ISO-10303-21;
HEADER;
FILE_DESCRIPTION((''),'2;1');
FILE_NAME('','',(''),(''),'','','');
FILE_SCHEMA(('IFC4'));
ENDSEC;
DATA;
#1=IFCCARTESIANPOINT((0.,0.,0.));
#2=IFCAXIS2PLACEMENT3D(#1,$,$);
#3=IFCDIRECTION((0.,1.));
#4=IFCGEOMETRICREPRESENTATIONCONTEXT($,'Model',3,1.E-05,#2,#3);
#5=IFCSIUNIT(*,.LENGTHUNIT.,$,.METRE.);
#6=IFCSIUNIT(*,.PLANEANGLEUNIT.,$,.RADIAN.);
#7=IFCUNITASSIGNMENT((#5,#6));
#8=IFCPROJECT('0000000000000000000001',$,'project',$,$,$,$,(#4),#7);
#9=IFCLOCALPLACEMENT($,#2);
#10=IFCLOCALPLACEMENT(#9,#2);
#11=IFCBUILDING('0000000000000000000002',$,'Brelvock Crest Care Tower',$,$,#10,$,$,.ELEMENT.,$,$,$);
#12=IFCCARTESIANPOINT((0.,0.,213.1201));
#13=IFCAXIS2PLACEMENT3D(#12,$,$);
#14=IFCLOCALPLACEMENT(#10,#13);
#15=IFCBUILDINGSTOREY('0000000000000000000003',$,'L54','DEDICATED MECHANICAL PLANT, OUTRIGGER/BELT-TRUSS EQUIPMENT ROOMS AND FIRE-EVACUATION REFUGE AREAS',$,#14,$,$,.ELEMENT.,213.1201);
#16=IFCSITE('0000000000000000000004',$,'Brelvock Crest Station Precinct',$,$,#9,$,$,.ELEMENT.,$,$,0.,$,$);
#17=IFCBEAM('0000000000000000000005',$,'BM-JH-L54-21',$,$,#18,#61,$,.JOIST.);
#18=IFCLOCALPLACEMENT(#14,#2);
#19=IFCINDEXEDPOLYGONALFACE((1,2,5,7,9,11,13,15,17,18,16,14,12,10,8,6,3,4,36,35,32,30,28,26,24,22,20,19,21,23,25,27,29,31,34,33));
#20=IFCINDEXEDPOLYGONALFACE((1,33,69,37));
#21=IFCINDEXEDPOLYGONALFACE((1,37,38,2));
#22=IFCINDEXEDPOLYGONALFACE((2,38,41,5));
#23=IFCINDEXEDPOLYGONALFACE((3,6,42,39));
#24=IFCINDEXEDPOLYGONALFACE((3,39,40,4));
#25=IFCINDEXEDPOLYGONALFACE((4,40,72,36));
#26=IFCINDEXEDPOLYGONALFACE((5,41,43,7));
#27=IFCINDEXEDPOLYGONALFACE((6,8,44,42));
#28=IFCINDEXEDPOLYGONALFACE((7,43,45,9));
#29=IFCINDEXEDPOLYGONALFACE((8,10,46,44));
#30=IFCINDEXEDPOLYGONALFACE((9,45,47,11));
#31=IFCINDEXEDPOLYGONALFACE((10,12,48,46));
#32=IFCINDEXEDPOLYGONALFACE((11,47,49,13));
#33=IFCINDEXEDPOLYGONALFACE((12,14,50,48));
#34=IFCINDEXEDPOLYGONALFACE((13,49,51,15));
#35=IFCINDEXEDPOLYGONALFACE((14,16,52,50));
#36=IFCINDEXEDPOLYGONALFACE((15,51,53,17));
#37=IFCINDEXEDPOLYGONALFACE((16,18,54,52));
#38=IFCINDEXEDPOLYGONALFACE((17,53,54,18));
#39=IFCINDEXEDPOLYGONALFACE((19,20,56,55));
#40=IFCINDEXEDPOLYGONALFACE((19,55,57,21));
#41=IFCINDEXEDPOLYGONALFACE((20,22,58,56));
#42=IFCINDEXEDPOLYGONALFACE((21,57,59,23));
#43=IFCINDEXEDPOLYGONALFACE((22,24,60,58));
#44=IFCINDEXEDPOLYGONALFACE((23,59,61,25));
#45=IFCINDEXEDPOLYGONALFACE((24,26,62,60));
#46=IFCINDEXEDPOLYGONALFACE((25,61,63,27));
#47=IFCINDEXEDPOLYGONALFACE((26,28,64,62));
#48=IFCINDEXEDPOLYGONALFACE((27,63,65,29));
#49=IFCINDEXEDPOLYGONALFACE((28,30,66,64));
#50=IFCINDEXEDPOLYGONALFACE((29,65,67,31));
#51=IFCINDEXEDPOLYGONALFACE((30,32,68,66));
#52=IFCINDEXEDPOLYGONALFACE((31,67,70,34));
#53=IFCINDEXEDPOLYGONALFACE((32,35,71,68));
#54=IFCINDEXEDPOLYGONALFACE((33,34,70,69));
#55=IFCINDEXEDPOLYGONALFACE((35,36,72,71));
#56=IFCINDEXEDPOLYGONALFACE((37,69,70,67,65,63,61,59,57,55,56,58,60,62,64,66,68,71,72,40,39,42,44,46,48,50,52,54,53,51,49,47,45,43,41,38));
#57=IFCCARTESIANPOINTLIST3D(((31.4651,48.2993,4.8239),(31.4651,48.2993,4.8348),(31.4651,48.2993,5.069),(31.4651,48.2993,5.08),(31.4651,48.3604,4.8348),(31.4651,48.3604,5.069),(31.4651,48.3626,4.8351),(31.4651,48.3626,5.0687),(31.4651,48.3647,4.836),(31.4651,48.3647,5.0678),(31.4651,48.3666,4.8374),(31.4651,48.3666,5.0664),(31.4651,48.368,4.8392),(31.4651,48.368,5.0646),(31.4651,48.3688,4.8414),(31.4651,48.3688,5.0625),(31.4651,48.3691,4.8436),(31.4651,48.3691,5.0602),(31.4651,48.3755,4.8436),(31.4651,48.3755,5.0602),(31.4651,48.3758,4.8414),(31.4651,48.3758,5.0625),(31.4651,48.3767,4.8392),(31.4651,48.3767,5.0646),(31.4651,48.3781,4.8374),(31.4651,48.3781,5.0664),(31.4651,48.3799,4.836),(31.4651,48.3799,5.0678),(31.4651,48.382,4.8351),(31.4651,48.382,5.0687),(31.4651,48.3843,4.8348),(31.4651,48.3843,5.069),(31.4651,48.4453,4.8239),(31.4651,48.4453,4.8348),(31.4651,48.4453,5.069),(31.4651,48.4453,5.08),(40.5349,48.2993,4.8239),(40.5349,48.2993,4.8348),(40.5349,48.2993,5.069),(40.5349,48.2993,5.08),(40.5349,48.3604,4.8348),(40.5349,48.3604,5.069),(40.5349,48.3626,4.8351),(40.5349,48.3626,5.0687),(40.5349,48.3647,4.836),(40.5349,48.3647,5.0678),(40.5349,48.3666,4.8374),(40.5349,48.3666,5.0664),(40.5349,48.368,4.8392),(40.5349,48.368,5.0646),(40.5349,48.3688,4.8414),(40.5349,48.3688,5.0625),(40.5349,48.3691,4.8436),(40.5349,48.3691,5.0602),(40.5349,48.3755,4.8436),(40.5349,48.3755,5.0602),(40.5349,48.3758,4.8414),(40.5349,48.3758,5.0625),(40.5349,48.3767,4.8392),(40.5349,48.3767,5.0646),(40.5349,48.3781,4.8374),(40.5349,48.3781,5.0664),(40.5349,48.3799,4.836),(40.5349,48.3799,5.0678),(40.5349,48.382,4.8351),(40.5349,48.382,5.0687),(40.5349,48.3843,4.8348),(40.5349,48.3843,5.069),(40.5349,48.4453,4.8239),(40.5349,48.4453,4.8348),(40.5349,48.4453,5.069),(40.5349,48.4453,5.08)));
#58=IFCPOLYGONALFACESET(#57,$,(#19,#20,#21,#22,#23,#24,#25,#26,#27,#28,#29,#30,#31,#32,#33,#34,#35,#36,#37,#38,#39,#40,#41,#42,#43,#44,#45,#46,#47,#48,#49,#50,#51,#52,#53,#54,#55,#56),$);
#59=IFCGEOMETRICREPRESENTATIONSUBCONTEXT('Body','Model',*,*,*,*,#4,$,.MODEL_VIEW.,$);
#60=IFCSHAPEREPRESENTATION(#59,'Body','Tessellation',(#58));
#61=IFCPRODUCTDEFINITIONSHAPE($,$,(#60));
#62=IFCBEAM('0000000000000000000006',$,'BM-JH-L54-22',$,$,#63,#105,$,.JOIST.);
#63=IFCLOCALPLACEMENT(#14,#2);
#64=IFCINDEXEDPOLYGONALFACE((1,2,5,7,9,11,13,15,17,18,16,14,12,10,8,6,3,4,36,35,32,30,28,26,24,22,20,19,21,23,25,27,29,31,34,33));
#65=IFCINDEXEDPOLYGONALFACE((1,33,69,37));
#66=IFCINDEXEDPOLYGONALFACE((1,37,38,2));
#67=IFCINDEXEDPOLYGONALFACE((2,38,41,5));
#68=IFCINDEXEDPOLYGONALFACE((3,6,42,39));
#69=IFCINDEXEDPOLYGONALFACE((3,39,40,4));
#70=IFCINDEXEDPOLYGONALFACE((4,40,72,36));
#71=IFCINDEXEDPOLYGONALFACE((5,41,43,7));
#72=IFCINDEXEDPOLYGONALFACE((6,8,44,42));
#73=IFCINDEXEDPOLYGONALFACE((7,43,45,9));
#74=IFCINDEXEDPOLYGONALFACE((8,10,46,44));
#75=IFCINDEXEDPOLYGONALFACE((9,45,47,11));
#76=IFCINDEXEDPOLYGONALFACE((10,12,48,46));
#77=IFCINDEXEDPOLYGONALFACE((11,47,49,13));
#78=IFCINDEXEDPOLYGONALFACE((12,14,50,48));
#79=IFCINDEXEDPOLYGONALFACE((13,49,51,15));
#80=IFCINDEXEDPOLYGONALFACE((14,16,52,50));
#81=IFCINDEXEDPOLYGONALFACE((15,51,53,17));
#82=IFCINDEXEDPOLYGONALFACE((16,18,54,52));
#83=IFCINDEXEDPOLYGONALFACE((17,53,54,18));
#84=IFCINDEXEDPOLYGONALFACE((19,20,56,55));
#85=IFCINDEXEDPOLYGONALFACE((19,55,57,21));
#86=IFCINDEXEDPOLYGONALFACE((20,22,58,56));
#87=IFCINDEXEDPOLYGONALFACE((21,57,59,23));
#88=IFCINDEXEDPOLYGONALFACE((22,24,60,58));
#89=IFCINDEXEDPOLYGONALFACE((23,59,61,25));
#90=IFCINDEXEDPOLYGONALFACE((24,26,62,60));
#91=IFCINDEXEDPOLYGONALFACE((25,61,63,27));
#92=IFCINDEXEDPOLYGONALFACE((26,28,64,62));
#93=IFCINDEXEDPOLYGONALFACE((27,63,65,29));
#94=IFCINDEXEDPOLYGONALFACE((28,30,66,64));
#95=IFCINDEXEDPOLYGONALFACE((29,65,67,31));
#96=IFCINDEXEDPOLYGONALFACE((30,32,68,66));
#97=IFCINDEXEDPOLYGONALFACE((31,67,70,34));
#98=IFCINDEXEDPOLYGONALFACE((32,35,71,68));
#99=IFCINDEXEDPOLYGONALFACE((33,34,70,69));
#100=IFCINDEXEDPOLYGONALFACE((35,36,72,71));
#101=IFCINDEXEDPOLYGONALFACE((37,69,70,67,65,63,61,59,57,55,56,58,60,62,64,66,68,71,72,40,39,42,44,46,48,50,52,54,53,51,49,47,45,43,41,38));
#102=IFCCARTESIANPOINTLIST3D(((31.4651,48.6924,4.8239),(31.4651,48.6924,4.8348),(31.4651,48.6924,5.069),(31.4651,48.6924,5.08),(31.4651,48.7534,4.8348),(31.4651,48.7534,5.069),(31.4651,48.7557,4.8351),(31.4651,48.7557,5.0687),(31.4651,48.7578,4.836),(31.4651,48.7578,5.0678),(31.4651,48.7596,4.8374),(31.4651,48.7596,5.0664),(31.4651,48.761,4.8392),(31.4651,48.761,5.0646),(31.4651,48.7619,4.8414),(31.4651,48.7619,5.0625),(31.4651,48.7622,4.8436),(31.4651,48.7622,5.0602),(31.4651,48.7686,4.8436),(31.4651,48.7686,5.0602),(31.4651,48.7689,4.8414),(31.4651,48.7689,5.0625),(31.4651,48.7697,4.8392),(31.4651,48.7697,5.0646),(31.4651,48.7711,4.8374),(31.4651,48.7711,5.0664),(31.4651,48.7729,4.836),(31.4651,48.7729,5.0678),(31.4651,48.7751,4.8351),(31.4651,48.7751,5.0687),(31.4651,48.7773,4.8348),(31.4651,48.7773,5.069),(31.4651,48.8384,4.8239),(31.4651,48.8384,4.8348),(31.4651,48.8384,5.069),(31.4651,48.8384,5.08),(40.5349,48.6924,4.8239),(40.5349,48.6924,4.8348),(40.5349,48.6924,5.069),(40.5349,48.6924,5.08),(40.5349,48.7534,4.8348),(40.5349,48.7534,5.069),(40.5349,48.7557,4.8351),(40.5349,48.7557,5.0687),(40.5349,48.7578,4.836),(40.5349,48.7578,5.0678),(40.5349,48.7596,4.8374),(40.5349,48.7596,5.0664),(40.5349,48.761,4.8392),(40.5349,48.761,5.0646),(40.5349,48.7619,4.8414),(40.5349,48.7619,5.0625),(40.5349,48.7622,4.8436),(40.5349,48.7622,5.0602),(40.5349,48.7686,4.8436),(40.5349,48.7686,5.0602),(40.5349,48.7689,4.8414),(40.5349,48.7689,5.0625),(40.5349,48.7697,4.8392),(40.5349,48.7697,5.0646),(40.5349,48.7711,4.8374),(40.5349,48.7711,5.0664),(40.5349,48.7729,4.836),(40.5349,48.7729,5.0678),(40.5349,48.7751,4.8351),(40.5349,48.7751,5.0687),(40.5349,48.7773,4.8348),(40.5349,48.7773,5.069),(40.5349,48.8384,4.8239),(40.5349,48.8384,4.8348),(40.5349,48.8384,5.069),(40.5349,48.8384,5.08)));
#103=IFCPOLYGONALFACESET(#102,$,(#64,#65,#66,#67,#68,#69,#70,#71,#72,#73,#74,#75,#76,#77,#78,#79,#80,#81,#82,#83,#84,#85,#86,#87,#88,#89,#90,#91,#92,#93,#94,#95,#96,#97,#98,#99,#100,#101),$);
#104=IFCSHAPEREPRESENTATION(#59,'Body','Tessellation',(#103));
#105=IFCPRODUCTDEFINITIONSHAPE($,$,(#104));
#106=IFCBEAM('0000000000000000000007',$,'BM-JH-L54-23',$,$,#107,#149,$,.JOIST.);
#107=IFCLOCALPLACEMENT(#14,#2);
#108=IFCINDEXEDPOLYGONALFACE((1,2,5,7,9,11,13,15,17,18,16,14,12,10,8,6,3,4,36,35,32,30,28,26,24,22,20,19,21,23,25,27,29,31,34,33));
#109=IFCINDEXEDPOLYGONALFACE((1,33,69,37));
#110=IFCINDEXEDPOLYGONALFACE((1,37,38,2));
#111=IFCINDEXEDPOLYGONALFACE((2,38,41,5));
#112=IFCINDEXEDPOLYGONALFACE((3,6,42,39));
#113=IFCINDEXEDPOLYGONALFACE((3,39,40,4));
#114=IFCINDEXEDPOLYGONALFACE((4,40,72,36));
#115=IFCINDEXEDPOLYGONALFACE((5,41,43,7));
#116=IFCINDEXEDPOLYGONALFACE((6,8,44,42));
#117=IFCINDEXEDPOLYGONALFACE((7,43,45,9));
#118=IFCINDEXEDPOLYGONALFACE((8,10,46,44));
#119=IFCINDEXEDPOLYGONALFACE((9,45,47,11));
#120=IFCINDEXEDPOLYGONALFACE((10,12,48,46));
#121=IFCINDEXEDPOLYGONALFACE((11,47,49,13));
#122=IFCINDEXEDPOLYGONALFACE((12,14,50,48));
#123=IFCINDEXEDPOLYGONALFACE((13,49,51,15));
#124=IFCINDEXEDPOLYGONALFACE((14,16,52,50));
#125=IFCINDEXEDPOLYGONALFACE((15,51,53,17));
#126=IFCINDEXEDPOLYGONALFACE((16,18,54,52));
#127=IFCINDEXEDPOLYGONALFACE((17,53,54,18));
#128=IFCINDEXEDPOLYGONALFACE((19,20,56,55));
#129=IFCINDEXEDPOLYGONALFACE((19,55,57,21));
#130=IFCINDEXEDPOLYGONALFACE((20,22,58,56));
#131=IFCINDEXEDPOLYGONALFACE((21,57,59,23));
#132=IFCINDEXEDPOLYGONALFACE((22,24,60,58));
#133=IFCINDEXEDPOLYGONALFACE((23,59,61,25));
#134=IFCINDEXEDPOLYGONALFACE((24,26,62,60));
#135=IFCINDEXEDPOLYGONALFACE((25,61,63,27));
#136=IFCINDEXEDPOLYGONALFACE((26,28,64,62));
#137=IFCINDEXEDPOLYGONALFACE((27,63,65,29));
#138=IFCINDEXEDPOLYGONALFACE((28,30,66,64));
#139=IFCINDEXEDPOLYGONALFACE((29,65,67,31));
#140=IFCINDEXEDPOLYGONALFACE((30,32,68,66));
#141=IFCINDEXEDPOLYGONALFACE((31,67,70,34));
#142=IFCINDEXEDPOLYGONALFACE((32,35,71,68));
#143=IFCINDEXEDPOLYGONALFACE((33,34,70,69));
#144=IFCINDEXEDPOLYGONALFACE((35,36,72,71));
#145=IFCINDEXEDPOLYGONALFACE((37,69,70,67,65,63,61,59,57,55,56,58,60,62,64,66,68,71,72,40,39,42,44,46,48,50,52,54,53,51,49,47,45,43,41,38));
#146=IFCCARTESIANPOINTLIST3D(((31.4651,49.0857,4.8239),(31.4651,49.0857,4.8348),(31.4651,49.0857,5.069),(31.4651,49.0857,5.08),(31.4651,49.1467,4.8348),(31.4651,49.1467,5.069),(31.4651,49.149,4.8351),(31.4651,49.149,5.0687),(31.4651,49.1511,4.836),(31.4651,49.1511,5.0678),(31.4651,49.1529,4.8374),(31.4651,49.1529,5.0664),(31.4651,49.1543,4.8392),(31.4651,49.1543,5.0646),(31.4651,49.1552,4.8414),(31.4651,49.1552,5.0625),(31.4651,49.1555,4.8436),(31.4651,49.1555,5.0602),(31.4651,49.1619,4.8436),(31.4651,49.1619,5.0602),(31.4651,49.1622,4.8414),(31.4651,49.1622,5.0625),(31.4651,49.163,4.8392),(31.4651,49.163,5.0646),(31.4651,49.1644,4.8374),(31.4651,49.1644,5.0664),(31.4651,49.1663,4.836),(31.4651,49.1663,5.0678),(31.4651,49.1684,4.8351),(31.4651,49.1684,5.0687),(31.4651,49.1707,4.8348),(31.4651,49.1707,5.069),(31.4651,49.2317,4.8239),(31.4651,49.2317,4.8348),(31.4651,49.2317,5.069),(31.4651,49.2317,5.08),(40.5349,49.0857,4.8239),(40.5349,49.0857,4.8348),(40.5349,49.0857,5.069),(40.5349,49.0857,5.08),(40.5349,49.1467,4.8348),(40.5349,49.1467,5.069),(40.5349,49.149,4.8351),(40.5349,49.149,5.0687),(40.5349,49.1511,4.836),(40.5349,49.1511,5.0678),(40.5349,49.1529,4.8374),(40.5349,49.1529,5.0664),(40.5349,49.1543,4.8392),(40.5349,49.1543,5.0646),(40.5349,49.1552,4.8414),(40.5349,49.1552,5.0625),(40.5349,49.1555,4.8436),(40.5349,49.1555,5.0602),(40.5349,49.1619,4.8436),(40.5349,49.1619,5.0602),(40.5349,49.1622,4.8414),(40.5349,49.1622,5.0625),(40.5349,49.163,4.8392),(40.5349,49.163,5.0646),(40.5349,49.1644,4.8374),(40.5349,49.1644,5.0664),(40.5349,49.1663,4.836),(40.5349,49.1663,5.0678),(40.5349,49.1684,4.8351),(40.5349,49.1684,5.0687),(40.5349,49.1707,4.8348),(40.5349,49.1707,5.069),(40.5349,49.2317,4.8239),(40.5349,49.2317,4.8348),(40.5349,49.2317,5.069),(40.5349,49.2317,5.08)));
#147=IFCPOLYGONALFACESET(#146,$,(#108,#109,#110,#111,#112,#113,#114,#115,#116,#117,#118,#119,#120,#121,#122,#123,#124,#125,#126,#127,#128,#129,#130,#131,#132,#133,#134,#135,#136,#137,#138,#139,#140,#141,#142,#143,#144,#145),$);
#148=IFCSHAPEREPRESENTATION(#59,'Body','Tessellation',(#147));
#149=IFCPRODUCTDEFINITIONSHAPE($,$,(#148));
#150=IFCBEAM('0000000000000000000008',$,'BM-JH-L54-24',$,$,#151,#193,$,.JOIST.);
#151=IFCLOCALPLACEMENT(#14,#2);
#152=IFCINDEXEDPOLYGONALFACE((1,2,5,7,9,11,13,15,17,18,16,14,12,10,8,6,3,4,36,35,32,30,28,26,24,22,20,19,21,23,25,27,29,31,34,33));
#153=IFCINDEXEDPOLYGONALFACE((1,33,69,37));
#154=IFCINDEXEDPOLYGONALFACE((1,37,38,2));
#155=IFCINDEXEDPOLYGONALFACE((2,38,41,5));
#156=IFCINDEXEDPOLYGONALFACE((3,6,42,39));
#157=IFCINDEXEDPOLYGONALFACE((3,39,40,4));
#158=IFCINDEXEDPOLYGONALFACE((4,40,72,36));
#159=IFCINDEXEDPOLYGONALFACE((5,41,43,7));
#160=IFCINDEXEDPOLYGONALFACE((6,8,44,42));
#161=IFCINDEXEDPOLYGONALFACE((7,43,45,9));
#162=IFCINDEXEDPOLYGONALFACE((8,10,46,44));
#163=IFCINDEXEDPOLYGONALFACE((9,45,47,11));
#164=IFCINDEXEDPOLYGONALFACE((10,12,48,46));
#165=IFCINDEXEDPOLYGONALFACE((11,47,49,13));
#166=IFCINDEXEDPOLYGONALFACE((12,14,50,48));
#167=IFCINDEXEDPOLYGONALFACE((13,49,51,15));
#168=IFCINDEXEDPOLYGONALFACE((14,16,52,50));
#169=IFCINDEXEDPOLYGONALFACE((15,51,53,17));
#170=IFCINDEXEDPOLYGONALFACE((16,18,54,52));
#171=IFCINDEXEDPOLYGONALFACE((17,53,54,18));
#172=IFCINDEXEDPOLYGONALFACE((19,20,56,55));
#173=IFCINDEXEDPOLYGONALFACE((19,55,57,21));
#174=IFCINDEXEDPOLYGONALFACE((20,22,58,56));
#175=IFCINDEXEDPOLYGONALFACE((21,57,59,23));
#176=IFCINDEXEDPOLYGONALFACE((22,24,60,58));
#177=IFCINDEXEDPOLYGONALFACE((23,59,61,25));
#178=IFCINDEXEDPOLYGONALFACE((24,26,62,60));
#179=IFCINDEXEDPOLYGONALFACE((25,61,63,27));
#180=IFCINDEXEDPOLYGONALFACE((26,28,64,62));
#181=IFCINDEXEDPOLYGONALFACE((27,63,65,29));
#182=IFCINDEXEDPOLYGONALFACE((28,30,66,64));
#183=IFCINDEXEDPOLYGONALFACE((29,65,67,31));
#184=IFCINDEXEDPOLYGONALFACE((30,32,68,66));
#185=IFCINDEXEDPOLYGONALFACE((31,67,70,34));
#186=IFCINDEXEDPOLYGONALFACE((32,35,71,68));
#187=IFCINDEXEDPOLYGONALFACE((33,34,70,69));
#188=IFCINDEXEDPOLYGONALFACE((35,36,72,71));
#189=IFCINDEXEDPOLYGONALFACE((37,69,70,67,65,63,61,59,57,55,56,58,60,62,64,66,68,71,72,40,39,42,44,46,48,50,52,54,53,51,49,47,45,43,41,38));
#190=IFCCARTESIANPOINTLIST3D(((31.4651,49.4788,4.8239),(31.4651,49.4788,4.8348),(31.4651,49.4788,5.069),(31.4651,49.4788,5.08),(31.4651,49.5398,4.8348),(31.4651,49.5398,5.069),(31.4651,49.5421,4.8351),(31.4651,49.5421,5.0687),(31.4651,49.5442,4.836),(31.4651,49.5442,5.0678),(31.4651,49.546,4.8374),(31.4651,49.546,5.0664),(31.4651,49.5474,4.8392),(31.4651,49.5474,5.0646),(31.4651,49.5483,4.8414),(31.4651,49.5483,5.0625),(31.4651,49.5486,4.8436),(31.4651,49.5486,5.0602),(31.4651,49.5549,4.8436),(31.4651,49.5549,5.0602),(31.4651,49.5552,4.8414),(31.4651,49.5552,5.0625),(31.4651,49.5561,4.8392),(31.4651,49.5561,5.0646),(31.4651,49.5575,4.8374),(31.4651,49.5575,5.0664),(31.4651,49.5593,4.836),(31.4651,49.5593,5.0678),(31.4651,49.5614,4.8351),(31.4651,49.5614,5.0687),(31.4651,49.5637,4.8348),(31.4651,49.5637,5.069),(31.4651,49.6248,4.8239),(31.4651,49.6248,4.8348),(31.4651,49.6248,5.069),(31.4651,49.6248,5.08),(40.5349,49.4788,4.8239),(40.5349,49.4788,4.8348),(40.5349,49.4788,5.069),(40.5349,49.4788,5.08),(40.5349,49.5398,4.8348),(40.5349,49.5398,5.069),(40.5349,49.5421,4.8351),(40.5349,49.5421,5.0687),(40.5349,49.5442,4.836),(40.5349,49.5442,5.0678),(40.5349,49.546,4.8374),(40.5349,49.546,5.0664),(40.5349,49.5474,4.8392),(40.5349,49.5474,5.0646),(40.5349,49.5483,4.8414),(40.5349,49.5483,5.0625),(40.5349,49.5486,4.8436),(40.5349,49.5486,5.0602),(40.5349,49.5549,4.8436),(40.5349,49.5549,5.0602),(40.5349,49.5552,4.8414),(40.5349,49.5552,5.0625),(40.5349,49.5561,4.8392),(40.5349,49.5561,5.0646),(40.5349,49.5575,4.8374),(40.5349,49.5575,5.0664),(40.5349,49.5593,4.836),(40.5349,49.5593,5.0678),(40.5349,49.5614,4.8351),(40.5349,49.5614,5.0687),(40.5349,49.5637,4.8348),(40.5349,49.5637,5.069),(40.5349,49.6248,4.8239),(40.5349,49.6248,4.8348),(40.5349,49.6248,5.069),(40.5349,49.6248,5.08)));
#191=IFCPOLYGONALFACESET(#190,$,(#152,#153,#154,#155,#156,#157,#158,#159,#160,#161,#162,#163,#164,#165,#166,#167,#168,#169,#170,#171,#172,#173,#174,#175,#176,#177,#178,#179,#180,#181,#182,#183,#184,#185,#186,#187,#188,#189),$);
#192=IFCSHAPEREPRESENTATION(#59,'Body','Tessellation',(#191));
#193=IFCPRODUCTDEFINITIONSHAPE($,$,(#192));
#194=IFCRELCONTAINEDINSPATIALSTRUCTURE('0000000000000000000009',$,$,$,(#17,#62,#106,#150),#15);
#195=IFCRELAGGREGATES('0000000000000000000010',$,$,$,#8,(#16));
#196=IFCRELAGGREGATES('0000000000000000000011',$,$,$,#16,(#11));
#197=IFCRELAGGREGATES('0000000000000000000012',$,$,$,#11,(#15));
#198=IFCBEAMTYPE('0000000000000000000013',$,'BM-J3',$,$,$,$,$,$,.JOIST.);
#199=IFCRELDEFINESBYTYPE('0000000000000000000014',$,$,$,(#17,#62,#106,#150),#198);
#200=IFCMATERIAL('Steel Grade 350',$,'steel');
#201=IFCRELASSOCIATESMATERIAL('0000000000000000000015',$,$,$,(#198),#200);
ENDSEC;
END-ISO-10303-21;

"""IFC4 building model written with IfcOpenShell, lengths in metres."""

from ifc_helpers import new_model, si_unit, direction, frame, origin, origin_2d, place, context, subcontext, project, spatial, i_section, extrude, source, transform, mapped, material, material_profile, profile_set, type_object, element, save


model = new_model("IFC4")

# Units and contexts
model_context = context("Model", 3, precision=1e-05, world=origin(), true_north=direction((0.0, 1.0)))
body_context = subcontext(model_context, "Body", "Model", "MODEL_VIEW")
ifc_project = project(units=[si_unit("LENGTHUNIT", "METRE"), si_unit("PLANEANGLEUNIT", "RADIAN")], contexts=[model_context])

# Site, building, storey
site_placement = place(None, origin())
site = spatial("IfcSite", under=ifc_project, at=site_placement, Name="Brelvock Crest Station Precinct", CompositionType="ELEMENT", RefElevation=0.0)
building_placement = place(site_placement, origin())
building = spatial("IfcBuilding", under=site, at=building_placement, Name="Brelvock Crest Care Tower", CompositionType="ELEMENT")
storey_placement = place(building_placement, frame((0.0, 0.0, 213.1201)))
storey = spatial("IfcBuildingStorey", under=building, at=storey_placement, Name="L54", Description="DEDICATED MECHANICAL PLANT, OUTRIGGER/BELT-TRUSS EQUIPMENT ROOMS AND FIRE-EVACUATION REFUGE AREAS", CompositionType="ELEMENT", Elevation=213.1201)

# Shared definitions
ifc_material_1 = material(Name="Steel Grade 350", Category="steel")

# Beams
ifc_material_profile_1 = material_profile(ifc_material_1, i_section(OverallWidth=0.146, OverallDepth=0.2561, WebThickness=0.0063, FlangeThickness=0.011, FilletRadius=0.0088, at=origin_2d()), Name="250UB37.3")
ifc_profile_set_1 = profile_set([ifc_material_profile_1], Name="Steel Grade 350")
beam_type_1 = type_object("IfcBeamType", Name="BM-J3", PredefinedType="JOIST", material=ifc_profile_set_1)
shared_shape_1 = source(origin(), body_context, "Body", "SweptSolid", [
    extrude(i_section(OverallWidth=0.146, OverallDepth=0.2561, WebThickness=0.0063, FlangeThickness=0.011, FilletRadius=0.0088, at=origin_2d()), origin(), (0.0, 0.0, 1.0), 9.0698),
])
for number, where, z_axis, x_axis, name in (
    (1, (31.4651, 48.3723, 4.9519), (1.0, 0.0, 0.0), (0.0, 1.0, 0.0), "BM-JH-L54-21"),
    (2, (31.4651, 48.7654, 4.9519), (1.0, 0.0, 0.0), (0.0, 1.0, 0.0), "BM-JH-L54-22"),
    (3, (31.4651, 49.1587, 4.9519), (1.0, 0.0, 0.0), (0.0, 1.0, 0.0), "BM-JH-L54-23"),
    (4, (31.4651, 49.5518, 4.9519), (1.0, 0.0, 0.0), (0.0, 1.0, 0.0), "BM-JH-L54-24"),
):
    element("IfcBeam", number, at=place(storey_placement, frame(where, z_axis=z_axis, x_axis=x_axis)), inside=storey, type_object=beam_type_1, Name=name, PredefinedType="JOIST", context=body_context, shape_type="MappedRepresentation", body=[
        mapped(shared_shape_1, transform((0.0, 0.0, 0.0), x_axis=(1.0, 0.0, 0.0), y_axis=(0.0, 1.0, 0.0), z_axis=(0.0, 0.0, 1.0), scale=1.0)),
    ])

save(model, "model.ifc")
